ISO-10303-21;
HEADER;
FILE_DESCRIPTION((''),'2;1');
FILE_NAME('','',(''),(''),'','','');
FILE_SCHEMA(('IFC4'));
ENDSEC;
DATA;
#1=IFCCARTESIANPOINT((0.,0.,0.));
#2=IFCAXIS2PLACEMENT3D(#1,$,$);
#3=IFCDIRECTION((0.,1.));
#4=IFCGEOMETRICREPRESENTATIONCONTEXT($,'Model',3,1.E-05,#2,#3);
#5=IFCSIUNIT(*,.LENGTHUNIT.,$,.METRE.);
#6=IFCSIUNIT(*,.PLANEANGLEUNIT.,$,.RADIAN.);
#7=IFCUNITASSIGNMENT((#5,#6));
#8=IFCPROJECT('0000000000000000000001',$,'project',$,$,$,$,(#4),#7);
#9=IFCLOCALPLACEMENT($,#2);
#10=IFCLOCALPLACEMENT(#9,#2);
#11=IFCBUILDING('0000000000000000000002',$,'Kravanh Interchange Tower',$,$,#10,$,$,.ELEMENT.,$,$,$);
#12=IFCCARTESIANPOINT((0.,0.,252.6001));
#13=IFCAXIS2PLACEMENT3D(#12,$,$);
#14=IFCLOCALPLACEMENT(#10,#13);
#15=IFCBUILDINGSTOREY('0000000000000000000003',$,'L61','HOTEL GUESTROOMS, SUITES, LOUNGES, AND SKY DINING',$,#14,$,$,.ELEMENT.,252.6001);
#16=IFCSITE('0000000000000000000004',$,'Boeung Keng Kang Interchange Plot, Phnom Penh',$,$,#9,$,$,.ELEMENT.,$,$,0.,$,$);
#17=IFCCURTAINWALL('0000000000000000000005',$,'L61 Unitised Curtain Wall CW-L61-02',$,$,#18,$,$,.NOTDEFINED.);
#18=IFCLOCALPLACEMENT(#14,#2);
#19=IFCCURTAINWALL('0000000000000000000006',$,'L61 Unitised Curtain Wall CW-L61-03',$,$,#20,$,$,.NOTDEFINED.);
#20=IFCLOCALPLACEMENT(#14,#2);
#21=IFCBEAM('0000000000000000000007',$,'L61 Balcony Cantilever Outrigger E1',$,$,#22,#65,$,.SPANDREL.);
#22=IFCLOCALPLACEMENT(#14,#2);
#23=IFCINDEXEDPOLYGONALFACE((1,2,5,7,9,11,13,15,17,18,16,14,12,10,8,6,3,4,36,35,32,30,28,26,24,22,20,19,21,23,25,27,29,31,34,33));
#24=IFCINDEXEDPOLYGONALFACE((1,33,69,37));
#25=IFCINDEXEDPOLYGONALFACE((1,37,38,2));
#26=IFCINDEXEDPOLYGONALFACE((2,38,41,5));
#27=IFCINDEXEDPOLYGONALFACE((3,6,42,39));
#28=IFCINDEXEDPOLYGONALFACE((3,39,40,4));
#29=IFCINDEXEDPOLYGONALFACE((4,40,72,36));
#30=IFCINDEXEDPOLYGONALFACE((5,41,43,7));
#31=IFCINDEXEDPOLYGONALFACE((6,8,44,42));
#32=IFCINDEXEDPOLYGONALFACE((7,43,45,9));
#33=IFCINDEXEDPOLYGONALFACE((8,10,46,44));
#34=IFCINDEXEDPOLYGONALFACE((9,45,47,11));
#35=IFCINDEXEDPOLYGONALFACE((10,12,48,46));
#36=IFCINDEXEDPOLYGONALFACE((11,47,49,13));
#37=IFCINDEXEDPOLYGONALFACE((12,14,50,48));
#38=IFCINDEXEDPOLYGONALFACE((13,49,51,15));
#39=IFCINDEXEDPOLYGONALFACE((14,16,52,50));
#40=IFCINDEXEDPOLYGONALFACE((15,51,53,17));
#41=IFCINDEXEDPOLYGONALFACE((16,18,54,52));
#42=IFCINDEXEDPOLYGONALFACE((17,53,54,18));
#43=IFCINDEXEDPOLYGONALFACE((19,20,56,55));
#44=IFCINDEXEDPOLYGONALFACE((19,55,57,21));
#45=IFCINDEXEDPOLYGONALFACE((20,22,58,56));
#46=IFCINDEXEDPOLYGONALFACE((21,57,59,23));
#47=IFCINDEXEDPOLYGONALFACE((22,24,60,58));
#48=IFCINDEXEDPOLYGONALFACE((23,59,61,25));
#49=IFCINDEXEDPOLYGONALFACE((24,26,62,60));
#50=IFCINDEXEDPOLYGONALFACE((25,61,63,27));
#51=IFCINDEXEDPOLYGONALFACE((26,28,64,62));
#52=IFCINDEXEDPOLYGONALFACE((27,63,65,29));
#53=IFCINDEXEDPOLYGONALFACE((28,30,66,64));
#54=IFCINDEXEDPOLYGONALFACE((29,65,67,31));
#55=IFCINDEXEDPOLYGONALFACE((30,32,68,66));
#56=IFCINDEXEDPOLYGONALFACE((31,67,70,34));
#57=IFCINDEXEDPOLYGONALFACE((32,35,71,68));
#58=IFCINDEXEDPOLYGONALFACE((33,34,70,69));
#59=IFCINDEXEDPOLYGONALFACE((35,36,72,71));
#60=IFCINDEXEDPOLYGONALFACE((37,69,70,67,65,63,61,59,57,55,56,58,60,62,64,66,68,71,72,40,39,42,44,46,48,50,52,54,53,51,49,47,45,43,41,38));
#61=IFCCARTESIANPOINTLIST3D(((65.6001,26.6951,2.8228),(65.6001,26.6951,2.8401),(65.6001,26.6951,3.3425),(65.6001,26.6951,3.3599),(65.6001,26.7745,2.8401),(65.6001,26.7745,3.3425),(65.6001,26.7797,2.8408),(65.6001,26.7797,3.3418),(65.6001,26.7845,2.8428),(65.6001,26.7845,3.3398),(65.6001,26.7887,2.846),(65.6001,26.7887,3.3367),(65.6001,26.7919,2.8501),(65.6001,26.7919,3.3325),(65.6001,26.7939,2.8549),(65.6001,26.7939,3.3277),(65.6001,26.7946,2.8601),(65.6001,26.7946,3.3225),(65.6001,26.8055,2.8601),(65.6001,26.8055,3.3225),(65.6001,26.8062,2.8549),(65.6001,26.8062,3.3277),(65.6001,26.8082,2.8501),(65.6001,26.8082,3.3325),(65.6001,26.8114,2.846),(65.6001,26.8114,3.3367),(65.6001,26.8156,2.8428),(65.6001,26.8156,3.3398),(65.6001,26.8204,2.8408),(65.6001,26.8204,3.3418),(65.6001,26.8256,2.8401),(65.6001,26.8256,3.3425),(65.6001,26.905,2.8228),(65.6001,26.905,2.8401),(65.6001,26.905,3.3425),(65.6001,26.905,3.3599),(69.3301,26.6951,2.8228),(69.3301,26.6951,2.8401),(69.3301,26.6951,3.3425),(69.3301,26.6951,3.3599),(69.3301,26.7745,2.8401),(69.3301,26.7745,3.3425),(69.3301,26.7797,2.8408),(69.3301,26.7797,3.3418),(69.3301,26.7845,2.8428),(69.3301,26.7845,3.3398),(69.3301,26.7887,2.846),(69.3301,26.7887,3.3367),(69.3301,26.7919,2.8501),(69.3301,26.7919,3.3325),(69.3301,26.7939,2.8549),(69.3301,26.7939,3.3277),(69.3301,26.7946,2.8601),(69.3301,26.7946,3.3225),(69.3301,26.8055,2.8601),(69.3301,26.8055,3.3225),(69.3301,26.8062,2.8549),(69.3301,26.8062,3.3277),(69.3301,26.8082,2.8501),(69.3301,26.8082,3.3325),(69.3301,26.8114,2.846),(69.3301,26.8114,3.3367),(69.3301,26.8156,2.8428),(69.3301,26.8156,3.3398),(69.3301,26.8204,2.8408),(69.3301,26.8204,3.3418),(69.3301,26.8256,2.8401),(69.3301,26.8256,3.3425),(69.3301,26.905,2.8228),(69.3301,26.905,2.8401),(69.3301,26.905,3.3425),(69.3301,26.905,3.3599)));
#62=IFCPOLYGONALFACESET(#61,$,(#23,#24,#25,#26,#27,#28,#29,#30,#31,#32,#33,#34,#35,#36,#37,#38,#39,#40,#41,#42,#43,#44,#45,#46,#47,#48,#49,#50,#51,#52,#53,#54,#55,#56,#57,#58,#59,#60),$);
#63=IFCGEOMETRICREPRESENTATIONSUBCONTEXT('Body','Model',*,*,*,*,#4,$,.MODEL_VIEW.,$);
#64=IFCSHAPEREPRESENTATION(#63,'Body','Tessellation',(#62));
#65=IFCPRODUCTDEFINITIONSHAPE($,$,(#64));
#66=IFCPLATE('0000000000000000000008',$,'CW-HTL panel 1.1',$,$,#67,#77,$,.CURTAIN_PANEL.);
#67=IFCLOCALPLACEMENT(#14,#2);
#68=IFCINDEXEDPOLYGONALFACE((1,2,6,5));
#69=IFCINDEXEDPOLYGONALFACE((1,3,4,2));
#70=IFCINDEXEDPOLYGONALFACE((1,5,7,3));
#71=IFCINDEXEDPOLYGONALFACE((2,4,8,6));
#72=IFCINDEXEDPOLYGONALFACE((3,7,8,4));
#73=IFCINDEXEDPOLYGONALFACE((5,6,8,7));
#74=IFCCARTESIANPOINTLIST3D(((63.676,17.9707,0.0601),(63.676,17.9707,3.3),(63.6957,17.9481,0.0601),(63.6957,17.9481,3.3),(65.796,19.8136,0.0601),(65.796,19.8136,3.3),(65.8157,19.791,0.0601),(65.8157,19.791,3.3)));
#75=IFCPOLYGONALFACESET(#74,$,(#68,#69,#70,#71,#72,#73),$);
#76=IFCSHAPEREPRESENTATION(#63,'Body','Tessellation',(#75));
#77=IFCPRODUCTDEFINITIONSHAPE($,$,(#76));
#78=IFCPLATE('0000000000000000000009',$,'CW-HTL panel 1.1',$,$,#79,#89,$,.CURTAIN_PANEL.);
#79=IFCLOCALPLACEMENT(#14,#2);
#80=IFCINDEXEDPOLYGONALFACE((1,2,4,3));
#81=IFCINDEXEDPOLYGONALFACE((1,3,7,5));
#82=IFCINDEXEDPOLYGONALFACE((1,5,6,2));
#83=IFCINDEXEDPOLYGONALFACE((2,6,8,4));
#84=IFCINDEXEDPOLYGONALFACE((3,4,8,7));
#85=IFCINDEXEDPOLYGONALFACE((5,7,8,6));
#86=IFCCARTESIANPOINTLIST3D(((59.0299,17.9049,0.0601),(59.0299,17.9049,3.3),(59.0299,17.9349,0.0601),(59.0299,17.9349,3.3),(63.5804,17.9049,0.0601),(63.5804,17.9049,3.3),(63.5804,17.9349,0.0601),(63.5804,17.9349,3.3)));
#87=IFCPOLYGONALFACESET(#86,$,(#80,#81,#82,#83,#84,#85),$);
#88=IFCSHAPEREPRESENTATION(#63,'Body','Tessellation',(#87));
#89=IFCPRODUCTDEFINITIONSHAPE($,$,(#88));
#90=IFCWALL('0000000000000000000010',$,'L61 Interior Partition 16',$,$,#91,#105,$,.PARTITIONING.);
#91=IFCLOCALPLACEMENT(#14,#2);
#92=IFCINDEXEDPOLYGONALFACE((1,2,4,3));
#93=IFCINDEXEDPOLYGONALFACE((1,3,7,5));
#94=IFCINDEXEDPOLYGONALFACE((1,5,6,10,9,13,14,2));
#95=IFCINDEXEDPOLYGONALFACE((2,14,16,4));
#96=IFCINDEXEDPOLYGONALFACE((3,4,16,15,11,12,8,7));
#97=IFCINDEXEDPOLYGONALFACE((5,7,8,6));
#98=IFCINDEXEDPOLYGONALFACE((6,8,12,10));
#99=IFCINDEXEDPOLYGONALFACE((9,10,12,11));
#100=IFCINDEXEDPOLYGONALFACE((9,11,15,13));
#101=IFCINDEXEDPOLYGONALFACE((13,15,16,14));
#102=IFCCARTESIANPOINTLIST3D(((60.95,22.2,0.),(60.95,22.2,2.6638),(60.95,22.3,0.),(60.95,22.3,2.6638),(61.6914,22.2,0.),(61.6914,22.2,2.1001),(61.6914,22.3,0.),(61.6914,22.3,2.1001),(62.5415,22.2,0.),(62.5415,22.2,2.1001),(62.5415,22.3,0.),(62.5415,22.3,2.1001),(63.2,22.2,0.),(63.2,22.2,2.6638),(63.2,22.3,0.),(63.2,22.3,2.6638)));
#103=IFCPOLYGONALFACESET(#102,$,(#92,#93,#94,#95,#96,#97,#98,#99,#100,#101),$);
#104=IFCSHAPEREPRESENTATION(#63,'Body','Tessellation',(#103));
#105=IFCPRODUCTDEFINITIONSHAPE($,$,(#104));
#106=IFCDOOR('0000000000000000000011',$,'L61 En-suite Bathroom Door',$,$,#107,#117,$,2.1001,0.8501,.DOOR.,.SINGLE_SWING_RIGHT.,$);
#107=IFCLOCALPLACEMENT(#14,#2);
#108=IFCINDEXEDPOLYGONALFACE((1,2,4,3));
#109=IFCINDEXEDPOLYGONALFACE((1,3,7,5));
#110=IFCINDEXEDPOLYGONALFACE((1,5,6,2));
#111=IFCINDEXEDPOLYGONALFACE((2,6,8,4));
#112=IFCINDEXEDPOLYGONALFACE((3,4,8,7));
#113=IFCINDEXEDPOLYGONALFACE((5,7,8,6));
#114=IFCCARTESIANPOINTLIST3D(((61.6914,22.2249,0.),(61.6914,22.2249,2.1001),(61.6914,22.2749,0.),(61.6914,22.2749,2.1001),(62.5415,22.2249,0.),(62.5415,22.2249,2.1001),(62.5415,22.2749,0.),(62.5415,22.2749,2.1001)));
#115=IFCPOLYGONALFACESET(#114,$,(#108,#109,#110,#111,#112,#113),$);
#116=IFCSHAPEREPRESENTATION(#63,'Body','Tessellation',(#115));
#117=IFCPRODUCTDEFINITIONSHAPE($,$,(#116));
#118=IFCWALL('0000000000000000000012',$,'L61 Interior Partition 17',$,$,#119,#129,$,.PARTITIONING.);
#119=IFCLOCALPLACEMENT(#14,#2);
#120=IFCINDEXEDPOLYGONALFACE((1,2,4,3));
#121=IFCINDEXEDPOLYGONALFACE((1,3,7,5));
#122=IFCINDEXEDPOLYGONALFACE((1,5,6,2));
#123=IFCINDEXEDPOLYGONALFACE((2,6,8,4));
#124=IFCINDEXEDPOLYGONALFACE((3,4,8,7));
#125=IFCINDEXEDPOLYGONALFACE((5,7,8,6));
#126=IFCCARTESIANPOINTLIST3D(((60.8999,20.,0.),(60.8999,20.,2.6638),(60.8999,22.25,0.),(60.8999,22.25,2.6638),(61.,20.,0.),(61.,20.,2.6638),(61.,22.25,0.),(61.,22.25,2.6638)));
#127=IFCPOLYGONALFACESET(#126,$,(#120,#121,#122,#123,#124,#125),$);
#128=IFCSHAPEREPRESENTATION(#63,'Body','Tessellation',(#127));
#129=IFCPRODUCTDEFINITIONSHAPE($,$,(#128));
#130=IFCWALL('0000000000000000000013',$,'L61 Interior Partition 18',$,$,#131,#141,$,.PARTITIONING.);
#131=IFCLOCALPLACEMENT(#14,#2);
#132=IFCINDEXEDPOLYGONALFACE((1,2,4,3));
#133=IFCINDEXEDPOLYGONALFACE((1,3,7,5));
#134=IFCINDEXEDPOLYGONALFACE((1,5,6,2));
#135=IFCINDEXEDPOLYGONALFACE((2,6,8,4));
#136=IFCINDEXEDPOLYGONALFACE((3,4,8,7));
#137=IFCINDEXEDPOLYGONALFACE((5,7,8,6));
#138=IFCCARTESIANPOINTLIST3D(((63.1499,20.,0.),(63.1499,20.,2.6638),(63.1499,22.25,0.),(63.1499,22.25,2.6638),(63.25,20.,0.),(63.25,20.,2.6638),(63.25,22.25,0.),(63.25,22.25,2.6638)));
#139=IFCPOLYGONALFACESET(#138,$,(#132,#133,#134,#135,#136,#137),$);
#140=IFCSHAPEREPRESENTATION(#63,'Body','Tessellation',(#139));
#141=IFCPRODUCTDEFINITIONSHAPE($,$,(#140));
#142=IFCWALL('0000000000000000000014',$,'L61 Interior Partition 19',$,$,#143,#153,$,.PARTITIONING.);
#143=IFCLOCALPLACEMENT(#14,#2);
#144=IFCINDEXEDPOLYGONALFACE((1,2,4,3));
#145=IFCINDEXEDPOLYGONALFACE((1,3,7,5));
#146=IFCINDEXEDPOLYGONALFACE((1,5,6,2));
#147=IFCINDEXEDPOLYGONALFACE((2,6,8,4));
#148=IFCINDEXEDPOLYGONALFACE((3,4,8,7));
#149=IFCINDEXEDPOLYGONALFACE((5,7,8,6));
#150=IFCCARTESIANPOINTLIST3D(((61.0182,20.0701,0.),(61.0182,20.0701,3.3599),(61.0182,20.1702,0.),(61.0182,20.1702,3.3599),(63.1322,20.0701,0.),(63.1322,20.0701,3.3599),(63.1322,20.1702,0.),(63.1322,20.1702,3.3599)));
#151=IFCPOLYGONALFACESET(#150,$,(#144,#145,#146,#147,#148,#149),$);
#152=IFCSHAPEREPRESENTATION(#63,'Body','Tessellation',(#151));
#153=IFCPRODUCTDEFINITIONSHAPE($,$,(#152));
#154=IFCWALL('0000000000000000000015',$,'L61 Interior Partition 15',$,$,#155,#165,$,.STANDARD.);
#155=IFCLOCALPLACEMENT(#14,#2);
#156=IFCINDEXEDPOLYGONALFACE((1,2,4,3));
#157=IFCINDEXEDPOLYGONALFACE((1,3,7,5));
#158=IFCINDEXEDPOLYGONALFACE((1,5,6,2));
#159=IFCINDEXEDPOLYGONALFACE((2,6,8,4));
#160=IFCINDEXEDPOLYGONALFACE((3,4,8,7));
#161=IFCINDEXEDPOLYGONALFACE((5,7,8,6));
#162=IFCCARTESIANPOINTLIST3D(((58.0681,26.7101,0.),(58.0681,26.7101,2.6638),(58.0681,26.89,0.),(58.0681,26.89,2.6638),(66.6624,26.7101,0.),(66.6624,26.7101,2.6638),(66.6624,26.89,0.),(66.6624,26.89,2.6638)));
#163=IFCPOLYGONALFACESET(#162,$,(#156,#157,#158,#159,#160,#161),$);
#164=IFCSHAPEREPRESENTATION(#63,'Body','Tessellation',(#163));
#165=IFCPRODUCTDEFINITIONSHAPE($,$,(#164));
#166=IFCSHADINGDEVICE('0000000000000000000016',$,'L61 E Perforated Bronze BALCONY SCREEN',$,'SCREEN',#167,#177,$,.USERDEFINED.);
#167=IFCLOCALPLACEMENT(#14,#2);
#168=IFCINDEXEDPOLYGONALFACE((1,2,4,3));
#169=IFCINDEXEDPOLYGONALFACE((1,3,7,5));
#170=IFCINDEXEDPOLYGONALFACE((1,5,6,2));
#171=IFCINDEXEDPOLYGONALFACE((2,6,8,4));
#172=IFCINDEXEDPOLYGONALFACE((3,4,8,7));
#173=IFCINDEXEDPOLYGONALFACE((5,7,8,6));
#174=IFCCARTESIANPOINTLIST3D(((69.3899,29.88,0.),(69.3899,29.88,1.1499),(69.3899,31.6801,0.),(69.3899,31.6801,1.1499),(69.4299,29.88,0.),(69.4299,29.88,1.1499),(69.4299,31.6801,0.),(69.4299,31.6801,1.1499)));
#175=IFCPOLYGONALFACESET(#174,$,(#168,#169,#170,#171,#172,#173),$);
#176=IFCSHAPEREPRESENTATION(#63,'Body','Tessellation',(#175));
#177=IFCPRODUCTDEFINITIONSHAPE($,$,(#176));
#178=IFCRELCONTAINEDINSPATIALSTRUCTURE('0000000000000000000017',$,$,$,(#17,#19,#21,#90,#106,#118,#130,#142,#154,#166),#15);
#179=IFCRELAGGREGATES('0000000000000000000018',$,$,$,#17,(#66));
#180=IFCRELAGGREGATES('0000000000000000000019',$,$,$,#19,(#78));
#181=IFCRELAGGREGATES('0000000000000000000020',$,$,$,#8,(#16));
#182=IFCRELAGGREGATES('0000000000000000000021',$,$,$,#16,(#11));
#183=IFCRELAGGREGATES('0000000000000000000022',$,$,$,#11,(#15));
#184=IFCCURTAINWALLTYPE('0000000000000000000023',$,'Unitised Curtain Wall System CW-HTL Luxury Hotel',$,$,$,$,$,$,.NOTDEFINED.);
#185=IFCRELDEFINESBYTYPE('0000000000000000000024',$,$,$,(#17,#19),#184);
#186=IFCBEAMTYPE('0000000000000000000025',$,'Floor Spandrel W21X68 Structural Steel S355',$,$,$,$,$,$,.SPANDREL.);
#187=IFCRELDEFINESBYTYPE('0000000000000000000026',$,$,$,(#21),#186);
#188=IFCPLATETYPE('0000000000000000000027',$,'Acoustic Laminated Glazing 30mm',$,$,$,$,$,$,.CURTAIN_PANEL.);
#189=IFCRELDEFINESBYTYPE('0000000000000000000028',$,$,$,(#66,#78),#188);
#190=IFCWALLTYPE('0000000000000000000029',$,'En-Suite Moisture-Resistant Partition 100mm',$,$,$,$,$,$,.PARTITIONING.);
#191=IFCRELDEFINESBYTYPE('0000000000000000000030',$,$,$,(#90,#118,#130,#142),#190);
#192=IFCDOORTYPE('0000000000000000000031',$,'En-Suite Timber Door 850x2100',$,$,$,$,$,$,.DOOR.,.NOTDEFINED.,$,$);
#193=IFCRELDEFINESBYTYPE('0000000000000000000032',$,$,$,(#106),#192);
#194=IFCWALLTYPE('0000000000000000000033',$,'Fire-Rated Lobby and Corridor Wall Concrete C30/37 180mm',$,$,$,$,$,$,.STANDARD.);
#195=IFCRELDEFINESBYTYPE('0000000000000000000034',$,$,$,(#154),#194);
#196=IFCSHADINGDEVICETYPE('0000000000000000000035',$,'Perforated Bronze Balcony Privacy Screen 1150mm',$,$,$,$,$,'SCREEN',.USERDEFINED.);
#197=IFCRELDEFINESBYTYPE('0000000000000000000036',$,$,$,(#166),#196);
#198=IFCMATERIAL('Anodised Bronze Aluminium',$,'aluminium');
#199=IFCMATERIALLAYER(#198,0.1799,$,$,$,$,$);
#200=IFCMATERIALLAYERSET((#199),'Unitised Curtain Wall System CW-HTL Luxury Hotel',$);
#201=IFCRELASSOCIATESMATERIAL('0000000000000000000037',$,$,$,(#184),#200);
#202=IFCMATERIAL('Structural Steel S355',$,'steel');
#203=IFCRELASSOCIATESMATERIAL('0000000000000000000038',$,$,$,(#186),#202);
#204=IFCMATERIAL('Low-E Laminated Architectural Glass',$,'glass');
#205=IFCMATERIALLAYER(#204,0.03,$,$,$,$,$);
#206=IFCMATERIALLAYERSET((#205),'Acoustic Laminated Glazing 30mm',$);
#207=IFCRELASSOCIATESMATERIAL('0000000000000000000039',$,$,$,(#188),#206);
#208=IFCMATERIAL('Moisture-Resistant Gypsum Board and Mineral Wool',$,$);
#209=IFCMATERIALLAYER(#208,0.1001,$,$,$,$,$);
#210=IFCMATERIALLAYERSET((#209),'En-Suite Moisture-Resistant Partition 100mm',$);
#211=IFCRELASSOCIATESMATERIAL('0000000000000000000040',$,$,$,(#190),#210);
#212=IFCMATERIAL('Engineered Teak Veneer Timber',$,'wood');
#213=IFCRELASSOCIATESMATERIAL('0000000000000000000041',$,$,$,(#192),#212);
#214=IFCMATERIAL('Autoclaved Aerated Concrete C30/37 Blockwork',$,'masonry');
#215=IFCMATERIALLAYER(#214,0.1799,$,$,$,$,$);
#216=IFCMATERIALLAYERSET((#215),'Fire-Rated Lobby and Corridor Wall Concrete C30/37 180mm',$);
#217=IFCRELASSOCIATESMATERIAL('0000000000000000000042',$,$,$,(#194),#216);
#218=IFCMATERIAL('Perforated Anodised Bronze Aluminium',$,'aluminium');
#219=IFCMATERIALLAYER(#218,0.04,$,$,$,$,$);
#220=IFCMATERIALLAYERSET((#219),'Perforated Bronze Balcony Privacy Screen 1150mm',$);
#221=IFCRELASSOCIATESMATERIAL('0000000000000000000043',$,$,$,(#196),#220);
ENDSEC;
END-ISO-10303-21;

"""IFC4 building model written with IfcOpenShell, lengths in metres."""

from ifc_helpers import new_model, si_unit, direction, frame, frame_2d, origin, origin_2d, place, context, subcontext, project, spatial, rectangle, i_section, extrude, material, layer, layer_set, material_profile, profile_set, type_object, element, fill, aggregate, save


model = new_model("IFC4")

# Units and contexts
model_context = context("Model", 3, precision=1e-05, world=origin(), true_north=direction((0.0, 1.0)))
body_context = subcontext(model_context, "Body", "Model", "MODEL_VIEW")
ifc_project = project(units=[si_unit("LENGTHUNIT", "METRE"), si_unit("PLANEANGLEUNIT", "RADIAN")], contexts=[model_context])

# Site, building, storey
site_placement = place(None, origin())
site = spatial("IfcSite", under=ifc_project, at=site_placement, Name="Boeung Keng Kang Interchange Plot, Phnom Penh", CompositionType="ELEMENT", RefElevation=0.0)
building_placement = place(site_placement, origin())
building = spatial("IfcBuilding", under=site, at=building_placement, Name="Kravanh Interchange Tower", CompositionType="ELEMENT")
storey_placement = place(building_placement, frame((0.0, 0.0, 252.6001)))
storey = spatial("IfcBuildingStorey", under=building, at=storey_placement, Name="L61", Description="HOTEL GUESTROOMS, SUITES, LOUNGES, AND SKY DINING", CompositionType="ELEMENT", Elevation=252.6001)

# Curtain walls
ifc_material_1 = material(Name="Anodised Bronze Aluminium", Category="aluminium")
ifc_layer_1 = layer(ifc_material_1, 0.1799)
ifc_layer_set_1 = layer_set([ifc_layer_1], Name="Unitised Curtain Wall System CW-HTL Luxury Hotel")
curtain_wall_type = type_object("IfcCurtainWallType", Name="Unitised Curtain Wall System CW-HTL Luxury Hotel", PredefinedType="NOTDEFINED", material=ifc_layer_set_1)
curtain_wall_1_placement = place(storey_placement, origin())
curtain_wall_1 = element("IfcCurtainWall", 1, at=curtain_wall_1_placement, inside=storey, type_object=curtain_wall_type, Name="L61 Unitised Curtain Wall CW-L61-02", PredefinedType="NOTDEFINED")
curtain_wall_2_placement = place(storey_placement, origin())
curtain_wall_2 = element("IfcCurtainWall", 2, at=curtain_wall_2_placement, inside=storey, type_object=curtain_wall_type, Name="L61 Unitised Curtain Wall CW-L61-03", PredefinedType="NOTDEFINED")

# Beam
ifc_material_2 = material(Name="Structural Steel S355", Category="steel")
ifc_material_profile_1 = material_profile(ifc_material_2, i_section(OverallWidth=0.21, OverallDepth=0.5371, WebThickness=0.011, FlangeThickness=0.0173, FilletRadius=0.02, at=origin_2d()), Name="W21X68")
ifc_profile_set_1 = profile_set([ifc_material_profile_1], Name="Structural Steel S355")
beam_type_1 = type_object("IfcBeamType", Name="Floor Spandrel W21X68 Structural Steel S355", PredefinedType="SPANDREL", material=ifc_profile_set_1)
beam_1_placement = place(storey_placement, frame((65.6001, 26.8, 3.0913), z_axis=(1.0, 0.0, 0.0), x_axis=(0.0, 1.0, 0.0)))
element("IfcBeam", 3, at=beam_1_placement, inside=storey, type_object=beam_type_1, Name="L61 Balcony Cantilever Outrigger E1", PredefinedType="SPANDREL", context=body_context, shape_type="SweptSolid", body=[
    extrude(i_section(OverallWidth=0.21, OverallDepth=0.5371, WebThickness=0.011, FlangeThickness=0.0173, FilletRadius=0.02, at=origin_2d()), origin(), (0.0, 0.0, 1.0), 3.73),
])

# Plates
ifc_material_3 = material(Name="Low-E Laminated Architectural Glass", Category="glass")
ifc_layer_2 = layer(ifc_material_3, 0.03)
ifc_layer_set_2 = layer_set([ifc_layer_2], Name="Acoustic Laminated Glazing 30mm")
plate_type = type_object("IfcPlateType", Name="Acoustic Laminated Glazing 30mm", PredefinedType="CURTAIN_PANEL", material=ifc_layer_set_2)
plate_1_placement = place(storey_placement, frame((64.7458, 18.8809, 0.0601), z_axis=(0.0, 0.0, 1.0), x_axis=(-0.754717, -0.65605, 0.0)))
plate_1 = element("IfcPlate", 4, at=plate_1_placement, type_object=plate_type, Name="CW-HTL panel 1.1", PredefinedType="CURTAIN_PANEL", context=body_context, shape_type="SweptSolid", body=[
    extrude(rectangle(XDim=2.8091, YDim=0.03, at=origin_2d()), origin(), (0.0, 0.0, 1.0), 3.24),
])
aggregate(curtain_wall_1, [plate_1])
plate_2_placement = place(storey_placement, frame((61.3052, 17.9199, 0.0601), z_axis=(0.0, 0.0, 1.0), x_axis=(-1.0, 0.0, 0.0)))
plate_2 = element("IfcPlate", 5, at=plate_2_placement, type_object=plate_type, Name="CW-HTL panel 1.1", PredefinedType="CURTAIN_PANEL", context=body_context, shape_type="SweptSolid", body=[
    extrude(rectangle(XDim=4.5505, YDim=0.03, at=origin_2d()), origin(), (0.0, 0.0, 1.0), 3.24),
])
aggregate(curtain_wall_2, [plate_2])

# Wall, opening, door
ifc_material_4 = material(Name="Moisture-Resistant Gypsum Board and Mineral Wool")
ifc_layer_3 = layer(ifc_material_4, 0.1001)
ifc_layer_set_3 = layer_set([ifc_layer_3], Name="En-Suite Moisture-Resistant Partition 100mm")
wall_type_1 = type_object("IfcWallType", Name="En-Suite Moisture-Resistant Partition 100mm", PredefinedType="PARTITIONING", material=ifc_layer_set_3)
wall_1_placement = place(storey_placement, frame((60.95, 22.25, 0.0), z_axis=(0.0, 0.0, 1.0), x_axis=(1.0, 0.0, 0.0)))
wall_1 = element("IfcWall", 6, at=wall_1_placement, inside=storey, type_object=wall_type_1, Name="L61 Interior Partition 16", PredefinedType="PARTITIONING", context=body_context, shape_type="SweptSolid", body=[
    extrude(rectangle(XDim=2.25, YDim=0.1001, at=frame_2d((1.125, 0.0))), origin(), (0.0, 0.0, 1.0), 2.6638),
])
opening_placement = place(wall_1_placement, frame((0.7415, 0.0, 0.0)))
opening = element("IfcOpeningElement", 7, at=opening_placement, cuts=wall_1, PredefinedType="OPENING", context=body_context, shape_type="SweptSolid", body=[
    extrude(rectangle(XDim=0.8501, YDim=2.1001, at=frame_2d((0.425, 1.05))), frame((0.0, 0.0601, 0.0), z_axis=(0.0, -1.0, 0.0), x_axis=(1.0, 0.0, 0.0)), (0.0, 0.0, 1.0), 0.1201),
])
ifc_material_5 = material(Name="Engineered Teak Veneer Timber", Category="wood")
door_type = type_object("IfcDoorType", Name="En-Suite Timber Door 850x2100", OperationType="NOTDEFINED", PredefinedType="DOOR", material=ifc_material_5)
door_placement = place(opening_placement, origin())
door = element("IfcDoor", 8, at=door_placement, inside=storey, type_object=door_type, Name="L61 En-suite Bathroom Door", OperationType="SINGLE_SWING_RIGHT", OverallHeight=2.1001, OverallWidth=0.8501, PredefinedType="DOOR", context=body_context, shape_type="SweptSolid", body=[
    extrude(rectangle(XDim=0.8501, YDim=2.1001, at=frame_2d((0.425, 1.05))), frame((0.0, 0.0249, 0.0), z_axis=(0.0, -1.0, 0.0), x_axis=(1.0, 0.0, 0.0)), (0.0, 0.0, 1.0), 0.05),
])
fill(opening, door)

# Walls
for number, where, z_axis, x_axis, name in (
    (9, (60.95, 20.0, 0.0), (0.0, 0.0, 1.0), (0.0, 1.0, 0.0), "L61 Interior Partition 17"),
    (10, (63.2, 20.0, 0.0), (0.0, 0.0, 1.0), (0.0, 1.0, 0.0), "L61 Interior Partition 18"),
):
    element("IfcWall", number, at=place(storey_placement, frame(where, z_axis=z_axis, x_axis=x_axis)), inside=storey, type_object=wall_type_1, Name=name, PredefinedType="PARTITIONING", context=body_context, shape_type="SweptSolid", body=[
        extrude(rectangle(XDim=2.25, YDim=0.1001, at=frame_2d((1.125, 0.0))), origin(), (0.0, 0.0, 1.0), 2.6638),
    ])
wall_2_placement = place(storey_placement, frame((61.0181, 20.1201, 0.0), z_axis=(0.0, 0.0, 1.0), x_axis=(1.0, 0.0, 0.0)))
element("IfcWall", 11, at=wall_2_placement, inside=storey, type_object=wall_type_1, Name="L61 Interior Partition 19", PredefinedType="PARTITIONING", context=body_context, shape_type="SweptSolid", body=[
    extrude(rectangle(XDim=2.114, YDim=0.1001, at=frame_2d((1.0571, 0.0))), origin(), (0.0, 0.0, 1.0), 3.3599),
])
ifc_material_6 = material(Name="Autoclaved Aerated Concrete C30/37 Blockwork", Category="masonry")
ifc_layer_4 = layer(ifc_material_6, 0.1799)
ifc_layer_set_4 = layer_set([ifc_layer_4], Name="Fire-Rated Lobby and Corridor Wall Concrete C30/37 180mm")
wall_type_2 = type_object("IfcWallType", Name="Fire-Rated Lobby and Corridor Wall Concrete C30/37 180mm", PredefinedType="STANDARD", material=ifc_layer_set_4)
wall_3_placement = place(storey_placement, frame((58.0681, 26.8, 0.0), z_axis=(0.0, 0.0, 1.0), x_axis=(1.0, 0.0, 0.0)))
element("IfcWall", 12, at=wall_3_placement, inside=storey, type_object=wall_type_2, Name="L61 Interior Partition 15", PredefinedType="STANDARD", context=body_context, shape_type="SweptSolid", body=[
    extrude(rectangle(XDim=8.5942, YDim=0.1799, at=frame_2d((4.2971, 0.0))), origin(), (0.0, 0.0, 1.0), 2.6638),
])

# Shading device
ifc_material_7 = material(Name="Perforated Anodised Bronze Aluminium", Category="aluminium")
ifc_layer_5 = layer(ifc_material_7, 0.04)
ifc_layer_set_5 = layer_set([ifc_layer_5], Name="Perforated Bronze Balcony Privacy Screen 1150mm")
shading_device_type_1 = type_object("IfcShadingDeviceType", Name="Perforated Bronze Balcony Privacy Screen 1150mm", ElementType="SCREEN", PredefinedType="USERDEFINED", material=ifc_layer_set_5)
shading_device_1_placement = place(storey_placement, frame((69.4099, 30.78, 0.0), z_axis=(0.0, 0.0, 1.0), x_axis=(1.0, 0.0, 0.0)))
element("IfcShadingDevice", 13, at=shading_device_1_placement, inside=storey, type_object=shading_device_type_1, Name="L61 E Perforated Bronze BALCONY SCREEN", ObjectType="SCREEN", PredefinedType="USERDEFINED", context=body_context, shape_type="SweptSolid", body=[
    extrude(rectangle(XDim=0.04, YDim=1.8, at=origin_2d()), origin(), (0.0, 0.0, 1.0), 1.1499),
])

save(model, "model.ifc")
